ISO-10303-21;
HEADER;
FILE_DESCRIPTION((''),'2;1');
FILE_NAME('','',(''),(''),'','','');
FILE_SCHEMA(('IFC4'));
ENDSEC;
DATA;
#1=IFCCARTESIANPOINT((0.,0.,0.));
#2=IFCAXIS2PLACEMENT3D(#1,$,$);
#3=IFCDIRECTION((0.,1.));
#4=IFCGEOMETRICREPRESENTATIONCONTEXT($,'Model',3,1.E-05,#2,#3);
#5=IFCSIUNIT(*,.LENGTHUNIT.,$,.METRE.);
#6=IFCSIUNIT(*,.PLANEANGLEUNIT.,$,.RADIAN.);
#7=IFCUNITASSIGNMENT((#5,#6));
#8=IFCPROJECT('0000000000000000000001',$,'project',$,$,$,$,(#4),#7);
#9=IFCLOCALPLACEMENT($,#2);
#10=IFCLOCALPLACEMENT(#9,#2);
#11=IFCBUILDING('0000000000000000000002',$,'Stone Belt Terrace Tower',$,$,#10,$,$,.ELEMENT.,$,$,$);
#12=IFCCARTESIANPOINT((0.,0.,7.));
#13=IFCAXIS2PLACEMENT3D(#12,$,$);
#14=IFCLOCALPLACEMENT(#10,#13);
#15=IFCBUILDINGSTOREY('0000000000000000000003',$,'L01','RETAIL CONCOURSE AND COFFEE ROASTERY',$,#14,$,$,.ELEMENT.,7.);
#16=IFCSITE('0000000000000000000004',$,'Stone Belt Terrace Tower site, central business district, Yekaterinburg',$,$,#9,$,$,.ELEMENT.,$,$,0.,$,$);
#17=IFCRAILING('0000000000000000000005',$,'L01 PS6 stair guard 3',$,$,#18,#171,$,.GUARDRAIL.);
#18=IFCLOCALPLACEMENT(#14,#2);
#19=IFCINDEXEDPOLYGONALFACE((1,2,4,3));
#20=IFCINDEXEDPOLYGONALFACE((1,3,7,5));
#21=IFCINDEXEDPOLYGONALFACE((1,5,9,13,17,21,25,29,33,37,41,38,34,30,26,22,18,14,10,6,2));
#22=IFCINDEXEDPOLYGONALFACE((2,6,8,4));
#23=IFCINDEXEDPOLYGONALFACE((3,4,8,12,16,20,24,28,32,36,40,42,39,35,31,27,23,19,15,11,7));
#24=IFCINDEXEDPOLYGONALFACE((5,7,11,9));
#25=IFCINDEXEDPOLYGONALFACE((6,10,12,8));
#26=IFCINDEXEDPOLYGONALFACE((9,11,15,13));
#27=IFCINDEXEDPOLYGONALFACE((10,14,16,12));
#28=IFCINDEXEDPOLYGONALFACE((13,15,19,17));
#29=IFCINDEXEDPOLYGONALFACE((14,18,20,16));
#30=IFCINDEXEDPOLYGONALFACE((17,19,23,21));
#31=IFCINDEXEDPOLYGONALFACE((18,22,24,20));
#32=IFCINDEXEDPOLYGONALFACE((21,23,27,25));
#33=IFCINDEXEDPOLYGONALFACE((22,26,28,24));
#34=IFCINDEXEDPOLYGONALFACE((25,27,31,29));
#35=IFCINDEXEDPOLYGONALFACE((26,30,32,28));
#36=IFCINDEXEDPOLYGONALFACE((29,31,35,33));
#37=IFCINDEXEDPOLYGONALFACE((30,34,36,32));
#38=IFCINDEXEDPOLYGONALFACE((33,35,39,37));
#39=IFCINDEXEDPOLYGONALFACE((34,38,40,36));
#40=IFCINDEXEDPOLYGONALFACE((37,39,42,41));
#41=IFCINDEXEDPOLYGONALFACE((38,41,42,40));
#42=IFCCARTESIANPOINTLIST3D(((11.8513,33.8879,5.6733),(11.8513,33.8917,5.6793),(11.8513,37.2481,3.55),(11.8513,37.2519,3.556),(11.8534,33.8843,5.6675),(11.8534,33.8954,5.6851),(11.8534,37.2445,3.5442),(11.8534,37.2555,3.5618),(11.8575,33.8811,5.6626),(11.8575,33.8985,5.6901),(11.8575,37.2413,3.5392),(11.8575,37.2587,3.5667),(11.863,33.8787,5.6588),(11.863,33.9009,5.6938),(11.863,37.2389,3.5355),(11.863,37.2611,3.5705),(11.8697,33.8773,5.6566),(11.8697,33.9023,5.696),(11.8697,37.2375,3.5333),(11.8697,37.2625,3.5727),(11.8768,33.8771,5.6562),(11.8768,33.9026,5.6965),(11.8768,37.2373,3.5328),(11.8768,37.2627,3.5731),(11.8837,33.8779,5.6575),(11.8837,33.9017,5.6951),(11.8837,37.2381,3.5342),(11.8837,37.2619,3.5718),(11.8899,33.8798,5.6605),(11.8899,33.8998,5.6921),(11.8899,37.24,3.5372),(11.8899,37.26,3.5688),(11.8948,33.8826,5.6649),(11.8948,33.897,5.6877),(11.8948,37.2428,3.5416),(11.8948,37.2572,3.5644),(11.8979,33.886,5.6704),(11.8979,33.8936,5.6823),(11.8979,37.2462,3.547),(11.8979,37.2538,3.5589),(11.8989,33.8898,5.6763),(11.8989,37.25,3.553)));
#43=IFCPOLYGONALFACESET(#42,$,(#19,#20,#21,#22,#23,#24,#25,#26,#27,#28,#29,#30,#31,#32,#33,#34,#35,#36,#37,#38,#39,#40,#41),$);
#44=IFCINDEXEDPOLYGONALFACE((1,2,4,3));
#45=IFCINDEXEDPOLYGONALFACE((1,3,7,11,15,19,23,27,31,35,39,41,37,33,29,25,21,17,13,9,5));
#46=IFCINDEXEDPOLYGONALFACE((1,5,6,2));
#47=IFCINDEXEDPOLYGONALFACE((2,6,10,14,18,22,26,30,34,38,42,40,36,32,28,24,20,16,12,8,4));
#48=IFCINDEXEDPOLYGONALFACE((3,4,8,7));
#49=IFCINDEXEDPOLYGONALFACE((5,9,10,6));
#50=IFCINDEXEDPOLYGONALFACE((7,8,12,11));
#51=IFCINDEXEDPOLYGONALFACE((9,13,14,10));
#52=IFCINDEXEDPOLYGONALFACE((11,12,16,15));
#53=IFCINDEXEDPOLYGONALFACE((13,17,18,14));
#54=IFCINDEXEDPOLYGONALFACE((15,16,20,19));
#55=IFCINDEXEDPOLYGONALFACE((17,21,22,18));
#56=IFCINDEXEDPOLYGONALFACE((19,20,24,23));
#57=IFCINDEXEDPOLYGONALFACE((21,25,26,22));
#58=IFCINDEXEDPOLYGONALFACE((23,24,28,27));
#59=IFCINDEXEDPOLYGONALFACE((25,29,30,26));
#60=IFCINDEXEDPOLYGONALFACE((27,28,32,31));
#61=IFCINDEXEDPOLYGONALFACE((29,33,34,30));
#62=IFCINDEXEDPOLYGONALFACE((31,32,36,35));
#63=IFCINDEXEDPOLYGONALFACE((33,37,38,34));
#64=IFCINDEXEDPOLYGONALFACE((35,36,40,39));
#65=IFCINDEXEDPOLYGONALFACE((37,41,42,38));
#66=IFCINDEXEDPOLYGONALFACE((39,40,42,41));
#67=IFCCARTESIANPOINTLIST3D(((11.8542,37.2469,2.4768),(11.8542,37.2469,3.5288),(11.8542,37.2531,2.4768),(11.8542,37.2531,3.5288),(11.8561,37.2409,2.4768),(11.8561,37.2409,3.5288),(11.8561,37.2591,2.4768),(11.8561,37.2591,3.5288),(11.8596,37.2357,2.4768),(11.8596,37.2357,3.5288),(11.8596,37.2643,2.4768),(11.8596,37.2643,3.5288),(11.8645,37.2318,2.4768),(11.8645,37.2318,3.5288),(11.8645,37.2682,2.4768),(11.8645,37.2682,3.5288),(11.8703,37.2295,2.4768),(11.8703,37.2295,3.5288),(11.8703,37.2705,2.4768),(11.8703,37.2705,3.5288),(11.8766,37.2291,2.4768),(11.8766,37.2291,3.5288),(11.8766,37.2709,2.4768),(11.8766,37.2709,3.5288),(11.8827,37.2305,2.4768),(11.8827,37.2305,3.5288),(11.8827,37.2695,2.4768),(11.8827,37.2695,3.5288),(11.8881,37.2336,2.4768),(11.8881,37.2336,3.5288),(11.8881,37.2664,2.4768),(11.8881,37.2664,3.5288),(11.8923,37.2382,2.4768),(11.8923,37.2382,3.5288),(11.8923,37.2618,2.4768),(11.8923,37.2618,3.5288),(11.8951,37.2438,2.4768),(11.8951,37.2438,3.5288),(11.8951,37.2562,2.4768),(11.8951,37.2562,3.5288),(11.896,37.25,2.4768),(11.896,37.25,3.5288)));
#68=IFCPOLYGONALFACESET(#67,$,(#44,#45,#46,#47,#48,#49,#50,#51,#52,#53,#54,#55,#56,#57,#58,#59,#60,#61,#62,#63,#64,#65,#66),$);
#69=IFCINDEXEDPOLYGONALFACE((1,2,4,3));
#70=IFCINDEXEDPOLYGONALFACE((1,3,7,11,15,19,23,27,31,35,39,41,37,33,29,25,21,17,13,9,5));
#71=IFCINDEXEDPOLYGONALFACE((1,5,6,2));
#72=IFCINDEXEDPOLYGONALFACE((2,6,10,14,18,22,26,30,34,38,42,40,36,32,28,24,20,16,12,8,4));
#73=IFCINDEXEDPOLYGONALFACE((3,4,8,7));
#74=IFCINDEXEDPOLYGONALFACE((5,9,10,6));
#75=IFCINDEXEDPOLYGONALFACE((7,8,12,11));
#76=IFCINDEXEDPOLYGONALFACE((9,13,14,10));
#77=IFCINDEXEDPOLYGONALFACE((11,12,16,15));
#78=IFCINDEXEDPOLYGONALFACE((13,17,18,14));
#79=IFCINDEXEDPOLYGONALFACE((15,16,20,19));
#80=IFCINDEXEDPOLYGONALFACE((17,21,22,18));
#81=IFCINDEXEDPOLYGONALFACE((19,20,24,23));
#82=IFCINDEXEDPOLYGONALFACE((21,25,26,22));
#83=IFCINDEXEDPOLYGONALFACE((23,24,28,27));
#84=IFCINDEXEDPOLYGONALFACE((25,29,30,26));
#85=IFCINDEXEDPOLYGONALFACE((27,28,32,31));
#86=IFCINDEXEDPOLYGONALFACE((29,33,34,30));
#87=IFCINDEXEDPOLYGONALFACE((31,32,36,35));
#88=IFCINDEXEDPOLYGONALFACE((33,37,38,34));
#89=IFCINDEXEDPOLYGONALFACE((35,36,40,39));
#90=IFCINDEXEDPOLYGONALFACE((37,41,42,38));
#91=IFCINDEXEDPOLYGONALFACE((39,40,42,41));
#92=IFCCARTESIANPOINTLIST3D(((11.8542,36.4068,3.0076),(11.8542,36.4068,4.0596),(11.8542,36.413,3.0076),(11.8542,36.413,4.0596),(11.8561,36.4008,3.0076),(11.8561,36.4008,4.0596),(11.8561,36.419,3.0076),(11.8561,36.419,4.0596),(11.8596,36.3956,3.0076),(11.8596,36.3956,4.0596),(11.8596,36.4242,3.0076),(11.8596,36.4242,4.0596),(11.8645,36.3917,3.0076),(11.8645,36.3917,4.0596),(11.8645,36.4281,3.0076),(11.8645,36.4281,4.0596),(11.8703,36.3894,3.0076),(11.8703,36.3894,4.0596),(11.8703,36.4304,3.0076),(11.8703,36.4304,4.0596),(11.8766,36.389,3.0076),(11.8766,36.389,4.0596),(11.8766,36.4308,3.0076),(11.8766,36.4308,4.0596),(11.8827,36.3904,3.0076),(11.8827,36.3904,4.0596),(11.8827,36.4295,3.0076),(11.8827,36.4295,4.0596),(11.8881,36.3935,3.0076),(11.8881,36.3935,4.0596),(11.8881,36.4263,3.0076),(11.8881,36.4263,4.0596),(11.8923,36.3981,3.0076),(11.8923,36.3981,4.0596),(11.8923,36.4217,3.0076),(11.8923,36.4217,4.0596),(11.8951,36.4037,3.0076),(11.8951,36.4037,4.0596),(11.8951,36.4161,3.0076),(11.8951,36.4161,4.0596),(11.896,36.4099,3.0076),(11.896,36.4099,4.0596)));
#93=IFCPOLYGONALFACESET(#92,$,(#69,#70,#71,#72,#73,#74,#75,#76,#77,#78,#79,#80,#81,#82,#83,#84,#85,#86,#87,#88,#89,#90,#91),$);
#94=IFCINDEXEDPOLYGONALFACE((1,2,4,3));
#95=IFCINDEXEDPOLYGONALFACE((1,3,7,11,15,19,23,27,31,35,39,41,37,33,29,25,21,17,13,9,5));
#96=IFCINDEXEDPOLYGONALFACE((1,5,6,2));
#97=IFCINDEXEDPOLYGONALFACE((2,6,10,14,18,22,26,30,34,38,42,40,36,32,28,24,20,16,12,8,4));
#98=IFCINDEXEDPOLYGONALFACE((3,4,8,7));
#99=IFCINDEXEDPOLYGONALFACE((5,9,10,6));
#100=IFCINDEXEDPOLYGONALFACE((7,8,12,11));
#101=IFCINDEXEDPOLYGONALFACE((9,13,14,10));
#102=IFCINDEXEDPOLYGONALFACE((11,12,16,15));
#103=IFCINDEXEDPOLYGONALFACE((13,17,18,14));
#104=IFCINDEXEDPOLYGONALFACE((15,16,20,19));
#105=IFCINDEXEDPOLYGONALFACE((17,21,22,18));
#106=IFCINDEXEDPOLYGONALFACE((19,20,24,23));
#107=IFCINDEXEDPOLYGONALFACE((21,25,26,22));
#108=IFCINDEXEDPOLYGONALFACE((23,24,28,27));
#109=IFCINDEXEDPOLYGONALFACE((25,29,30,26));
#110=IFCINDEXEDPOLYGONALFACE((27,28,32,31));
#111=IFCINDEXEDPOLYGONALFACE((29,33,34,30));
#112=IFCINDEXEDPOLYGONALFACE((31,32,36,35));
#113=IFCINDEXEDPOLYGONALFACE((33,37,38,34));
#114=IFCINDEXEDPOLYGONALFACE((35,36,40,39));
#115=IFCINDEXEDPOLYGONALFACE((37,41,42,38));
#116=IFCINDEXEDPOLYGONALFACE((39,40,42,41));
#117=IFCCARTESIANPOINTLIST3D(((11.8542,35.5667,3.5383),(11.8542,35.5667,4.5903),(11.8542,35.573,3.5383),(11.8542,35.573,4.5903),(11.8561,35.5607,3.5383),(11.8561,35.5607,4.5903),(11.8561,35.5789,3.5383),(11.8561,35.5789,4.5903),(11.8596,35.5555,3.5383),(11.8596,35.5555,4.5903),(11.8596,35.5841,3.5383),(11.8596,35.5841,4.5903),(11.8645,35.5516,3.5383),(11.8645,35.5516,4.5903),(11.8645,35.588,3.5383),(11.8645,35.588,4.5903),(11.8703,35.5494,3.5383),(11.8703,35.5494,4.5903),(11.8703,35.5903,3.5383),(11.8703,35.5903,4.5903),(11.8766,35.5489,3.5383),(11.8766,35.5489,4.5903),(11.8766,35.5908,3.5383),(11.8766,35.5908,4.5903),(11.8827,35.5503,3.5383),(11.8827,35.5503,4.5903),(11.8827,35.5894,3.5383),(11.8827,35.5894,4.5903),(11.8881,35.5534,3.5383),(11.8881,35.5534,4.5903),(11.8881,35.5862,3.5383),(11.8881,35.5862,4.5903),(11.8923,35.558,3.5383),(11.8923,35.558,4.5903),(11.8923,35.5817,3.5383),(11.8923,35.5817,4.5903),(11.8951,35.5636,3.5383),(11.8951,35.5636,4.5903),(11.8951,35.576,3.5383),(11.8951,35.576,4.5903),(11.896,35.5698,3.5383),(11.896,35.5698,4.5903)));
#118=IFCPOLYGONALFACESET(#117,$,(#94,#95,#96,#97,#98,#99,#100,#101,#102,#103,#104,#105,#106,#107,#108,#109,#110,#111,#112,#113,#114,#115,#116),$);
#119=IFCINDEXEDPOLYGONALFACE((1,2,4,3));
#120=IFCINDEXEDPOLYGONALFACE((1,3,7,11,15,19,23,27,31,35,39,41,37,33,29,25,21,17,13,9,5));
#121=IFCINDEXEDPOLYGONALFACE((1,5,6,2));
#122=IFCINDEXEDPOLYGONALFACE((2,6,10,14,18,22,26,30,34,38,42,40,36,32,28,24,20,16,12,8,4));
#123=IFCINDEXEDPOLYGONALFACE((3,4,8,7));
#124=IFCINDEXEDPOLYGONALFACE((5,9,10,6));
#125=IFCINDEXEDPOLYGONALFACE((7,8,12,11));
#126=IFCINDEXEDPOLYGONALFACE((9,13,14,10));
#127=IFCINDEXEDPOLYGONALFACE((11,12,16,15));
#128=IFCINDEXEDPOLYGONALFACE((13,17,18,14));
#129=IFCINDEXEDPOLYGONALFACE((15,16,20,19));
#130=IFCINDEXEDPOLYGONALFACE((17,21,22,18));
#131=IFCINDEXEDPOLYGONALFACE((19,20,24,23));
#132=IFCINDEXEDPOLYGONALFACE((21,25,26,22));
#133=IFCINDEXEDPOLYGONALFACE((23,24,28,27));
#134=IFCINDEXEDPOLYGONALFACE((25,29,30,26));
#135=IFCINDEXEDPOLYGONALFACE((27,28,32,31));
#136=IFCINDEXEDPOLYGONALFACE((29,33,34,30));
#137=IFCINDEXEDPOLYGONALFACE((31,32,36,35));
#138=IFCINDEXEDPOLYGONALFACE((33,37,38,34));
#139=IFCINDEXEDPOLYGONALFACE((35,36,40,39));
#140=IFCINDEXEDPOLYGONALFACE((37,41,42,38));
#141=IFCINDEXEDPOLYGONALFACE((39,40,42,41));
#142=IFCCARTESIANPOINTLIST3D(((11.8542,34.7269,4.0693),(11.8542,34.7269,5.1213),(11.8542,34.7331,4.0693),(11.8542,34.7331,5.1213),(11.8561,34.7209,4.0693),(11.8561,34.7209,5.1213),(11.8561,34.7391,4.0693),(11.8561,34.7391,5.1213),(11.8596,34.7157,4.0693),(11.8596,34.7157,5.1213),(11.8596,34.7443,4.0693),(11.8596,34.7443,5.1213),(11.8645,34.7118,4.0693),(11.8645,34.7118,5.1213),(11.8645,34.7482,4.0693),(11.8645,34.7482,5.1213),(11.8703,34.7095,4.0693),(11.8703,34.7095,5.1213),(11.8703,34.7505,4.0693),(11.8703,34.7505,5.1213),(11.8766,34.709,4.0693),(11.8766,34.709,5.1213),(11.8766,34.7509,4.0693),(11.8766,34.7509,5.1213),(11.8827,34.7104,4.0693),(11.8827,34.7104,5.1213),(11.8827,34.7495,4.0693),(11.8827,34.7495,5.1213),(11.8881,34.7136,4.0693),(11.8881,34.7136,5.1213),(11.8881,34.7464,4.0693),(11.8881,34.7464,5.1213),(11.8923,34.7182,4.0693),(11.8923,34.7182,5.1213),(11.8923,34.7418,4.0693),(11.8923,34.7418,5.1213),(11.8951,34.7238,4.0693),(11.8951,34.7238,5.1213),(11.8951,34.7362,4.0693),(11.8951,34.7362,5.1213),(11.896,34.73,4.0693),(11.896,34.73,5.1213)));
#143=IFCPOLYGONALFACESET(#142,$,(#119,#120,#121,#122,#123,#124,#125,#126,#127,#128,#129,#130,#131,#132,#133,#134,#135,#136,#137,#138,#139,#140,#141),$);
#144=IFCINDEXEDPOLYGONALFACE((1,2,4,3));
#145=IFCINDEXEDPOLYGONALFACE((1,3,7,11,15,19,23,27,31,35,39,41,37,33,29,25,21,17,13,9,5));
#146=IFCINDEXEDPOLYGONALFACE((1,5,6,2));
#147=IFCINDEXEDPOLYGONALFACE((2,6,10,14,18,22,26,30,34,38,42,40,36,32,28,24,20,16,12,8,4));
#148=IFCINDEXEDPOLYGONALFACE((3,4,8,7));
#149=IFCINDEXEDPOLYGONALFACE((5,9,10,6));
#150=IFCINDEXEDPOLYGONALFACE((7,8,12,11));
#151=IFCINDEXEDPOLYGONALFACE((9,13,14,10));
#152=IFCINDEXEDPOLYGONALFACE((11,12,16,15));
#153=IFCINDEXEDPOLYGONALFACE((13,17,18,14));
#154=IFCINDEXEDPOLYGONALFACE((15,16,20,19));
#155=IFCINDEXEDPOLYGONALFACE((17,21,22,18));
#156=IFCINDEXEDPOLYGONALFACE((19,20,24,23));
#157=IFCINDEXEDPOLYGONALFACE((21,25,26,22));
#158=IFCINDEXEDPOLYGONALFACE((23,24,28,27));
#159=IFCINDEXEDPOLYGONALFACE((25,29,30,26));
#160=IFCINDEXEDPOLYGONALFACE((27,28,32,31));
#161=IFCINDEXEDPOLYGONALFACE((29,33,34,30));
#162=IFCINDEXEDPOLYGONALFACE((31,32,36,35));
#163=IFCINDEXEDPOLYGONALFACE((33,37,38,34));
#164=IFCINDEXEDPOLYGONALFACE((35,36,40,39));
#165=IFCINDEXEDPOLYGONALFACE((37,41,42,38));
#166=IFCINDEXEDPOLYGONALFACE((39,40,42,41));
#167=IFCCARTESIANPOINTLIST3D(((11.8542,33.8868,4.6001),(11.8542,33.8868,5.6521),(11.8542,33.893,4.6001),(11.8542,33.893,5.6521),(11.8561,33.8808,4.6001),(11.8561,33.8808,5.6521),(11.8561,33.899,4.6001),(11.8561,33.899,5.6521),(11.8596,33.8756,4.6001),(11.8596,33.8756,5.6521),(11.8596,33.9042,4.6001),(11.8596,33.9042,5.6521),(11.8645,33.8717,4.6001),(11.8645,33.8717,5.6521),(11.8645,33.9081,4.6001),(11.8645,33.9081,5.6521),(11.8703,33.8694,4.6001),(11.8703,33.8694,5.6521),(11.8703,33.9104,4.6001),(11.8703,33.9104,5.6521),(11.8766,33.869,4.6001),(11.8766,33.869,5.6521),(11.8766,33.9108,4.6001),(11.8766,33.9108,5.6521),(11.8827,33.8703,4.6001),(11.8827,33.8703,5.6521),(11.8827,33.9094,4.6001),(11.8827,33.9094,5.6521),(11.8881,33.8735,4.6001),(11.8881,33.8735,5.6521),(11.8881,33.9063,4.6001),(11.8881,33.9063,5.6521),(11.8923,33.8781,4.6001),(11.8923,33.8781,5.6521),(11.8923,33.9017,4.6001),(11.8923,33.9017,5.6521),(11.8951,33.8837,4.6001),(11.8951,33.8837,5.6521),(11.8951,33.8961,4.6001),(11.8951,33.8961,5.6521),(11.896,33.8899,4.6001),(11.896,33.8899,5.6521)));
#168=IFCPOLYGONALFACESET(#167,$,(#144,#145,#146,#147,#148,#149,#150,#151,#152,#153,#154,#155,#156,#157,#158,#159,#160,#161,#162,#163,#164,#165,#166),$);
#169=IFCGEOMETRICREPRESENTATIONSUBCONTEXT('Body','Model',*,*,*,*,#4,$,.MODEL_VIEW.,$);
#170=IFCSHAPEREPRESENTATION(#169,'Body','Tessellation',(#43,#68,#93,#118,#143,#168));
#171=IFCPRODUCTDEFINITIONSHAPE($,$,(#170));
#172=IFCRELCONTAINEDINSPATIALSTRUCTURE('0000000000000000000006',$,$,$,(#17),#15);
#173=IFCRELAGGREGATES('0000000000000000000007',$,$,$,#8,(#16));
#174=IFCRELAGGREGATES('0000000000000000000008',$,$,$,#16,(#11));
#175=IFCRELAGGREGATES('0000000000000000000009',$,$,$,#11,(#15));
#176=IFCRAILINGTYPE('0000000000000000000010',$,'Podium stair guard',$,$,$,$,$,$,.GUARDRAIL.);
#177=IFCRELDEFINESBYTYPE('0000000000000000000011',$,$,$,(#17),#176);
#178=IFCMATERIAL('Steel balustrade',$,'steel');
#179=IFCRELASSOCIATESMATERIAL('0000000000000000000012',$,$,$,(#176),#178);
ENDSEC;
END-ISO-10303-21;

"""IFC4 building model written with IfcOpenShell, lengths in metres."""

from ifc_helpers import new_model, si_unit, direction, frame, origin, origin_2d, place, context, subcontext, project, spatial, circle, extrude, material, type_object, element, save


model = new_model("IFC4")

# Units and contexts
model_context = context("Model", 3, precision=1e-05, world=origin(), true_north=direction((0.0, 1.0)))
body_context = subcontext(model_context, "Body", "Model", "MODEL_VIEW")
ifc_project = project(units=[si_unit("LENGTHUNIT", "METRE"), si_unit("PLANEANGLEUNIT", "RADIAN")], contexts=[model_context])

# Site, building, storey
site_placement = place(None, origin())
site = spatial("IfcSite", under=ifc_project, at=site_placement, Name="Stone Belt Terrace Tower site, central business district, Yekaterinburg", CompositionType="ELEMENT", RefElevation=0.0)
building_placement = place(site_placement, origin())
building = spatial("IfcBuilding", under=site, at=building_placement, Name="Stone Belt Terrace Tower", CompositionType="ELEMENT")
storey_placement = place(building_placement, frame((0.0, 0.0, 7.0)))
storey = spatial("IfcBuildingStorey", under=building, at=storey_placement, Name="L01", Description="RETAIL CONCOURSE AND COFFEE ROASTERY", CompositionType="ELEMENT", Elevation=7.0)

# Railing
ifc_material_1 = material(Name="Steel balustrade", Category="steel")
railing_type_1 = type_object("IfcRailingType", Name="Podium stair guard", PredefinedType="GUARDRAIL", material=ifc_material_1)
railing_1_placement = place(storey_placement, frame((11.875, 37.25, 2.4768)))
element("IfcRailing", 1, at=railing_1_placement, inside=storey, type_object=railing_type_1, Name="L01 PS6 stair guard 3", PredefinedType="GUARDRAIL", context=body_context, shape_type="SweptSolid", body=[
    extrude(circle(Radius=0.0239, at=origin_2d()), frame((0.0, 0.0, 1.0762), z_axis=(0.0, -0.845362, 0.534194), x_axis=(1.0, 0.0, 0.0)), (0.0, 0.0, 1.0), 3.9749),
    extrude(circle(Radius=0.021, at=origin_2d()), origin(), (0.0, 0.0, 1.0), 1.052),
    extrude(circle(Radius=0.021, at=origin_2d()), frame((0.0, -0.8401, 0.5308)), (0.0, 0.0, 1.0), 1.052),
    extrude(circle(Radius=0.021, at=origin_2d()), frame((0.0, -1.6802, 1.0615)), (0.0, 0.0, 1.0), 1.052),
    extrude(circle(Radius=0.021, at=origin_2d()), frame((0.0, -2.52, 1.5925)), (0.0, 0.0, 1.0), 1.052),
    extrude(circle(Radius=0.021, at=origin_2d()), frame((0.0, -3.3601, 2.1233)), (0.0, 0.0, 1.0), 1.052),
])

save(model, "model.ifc")
